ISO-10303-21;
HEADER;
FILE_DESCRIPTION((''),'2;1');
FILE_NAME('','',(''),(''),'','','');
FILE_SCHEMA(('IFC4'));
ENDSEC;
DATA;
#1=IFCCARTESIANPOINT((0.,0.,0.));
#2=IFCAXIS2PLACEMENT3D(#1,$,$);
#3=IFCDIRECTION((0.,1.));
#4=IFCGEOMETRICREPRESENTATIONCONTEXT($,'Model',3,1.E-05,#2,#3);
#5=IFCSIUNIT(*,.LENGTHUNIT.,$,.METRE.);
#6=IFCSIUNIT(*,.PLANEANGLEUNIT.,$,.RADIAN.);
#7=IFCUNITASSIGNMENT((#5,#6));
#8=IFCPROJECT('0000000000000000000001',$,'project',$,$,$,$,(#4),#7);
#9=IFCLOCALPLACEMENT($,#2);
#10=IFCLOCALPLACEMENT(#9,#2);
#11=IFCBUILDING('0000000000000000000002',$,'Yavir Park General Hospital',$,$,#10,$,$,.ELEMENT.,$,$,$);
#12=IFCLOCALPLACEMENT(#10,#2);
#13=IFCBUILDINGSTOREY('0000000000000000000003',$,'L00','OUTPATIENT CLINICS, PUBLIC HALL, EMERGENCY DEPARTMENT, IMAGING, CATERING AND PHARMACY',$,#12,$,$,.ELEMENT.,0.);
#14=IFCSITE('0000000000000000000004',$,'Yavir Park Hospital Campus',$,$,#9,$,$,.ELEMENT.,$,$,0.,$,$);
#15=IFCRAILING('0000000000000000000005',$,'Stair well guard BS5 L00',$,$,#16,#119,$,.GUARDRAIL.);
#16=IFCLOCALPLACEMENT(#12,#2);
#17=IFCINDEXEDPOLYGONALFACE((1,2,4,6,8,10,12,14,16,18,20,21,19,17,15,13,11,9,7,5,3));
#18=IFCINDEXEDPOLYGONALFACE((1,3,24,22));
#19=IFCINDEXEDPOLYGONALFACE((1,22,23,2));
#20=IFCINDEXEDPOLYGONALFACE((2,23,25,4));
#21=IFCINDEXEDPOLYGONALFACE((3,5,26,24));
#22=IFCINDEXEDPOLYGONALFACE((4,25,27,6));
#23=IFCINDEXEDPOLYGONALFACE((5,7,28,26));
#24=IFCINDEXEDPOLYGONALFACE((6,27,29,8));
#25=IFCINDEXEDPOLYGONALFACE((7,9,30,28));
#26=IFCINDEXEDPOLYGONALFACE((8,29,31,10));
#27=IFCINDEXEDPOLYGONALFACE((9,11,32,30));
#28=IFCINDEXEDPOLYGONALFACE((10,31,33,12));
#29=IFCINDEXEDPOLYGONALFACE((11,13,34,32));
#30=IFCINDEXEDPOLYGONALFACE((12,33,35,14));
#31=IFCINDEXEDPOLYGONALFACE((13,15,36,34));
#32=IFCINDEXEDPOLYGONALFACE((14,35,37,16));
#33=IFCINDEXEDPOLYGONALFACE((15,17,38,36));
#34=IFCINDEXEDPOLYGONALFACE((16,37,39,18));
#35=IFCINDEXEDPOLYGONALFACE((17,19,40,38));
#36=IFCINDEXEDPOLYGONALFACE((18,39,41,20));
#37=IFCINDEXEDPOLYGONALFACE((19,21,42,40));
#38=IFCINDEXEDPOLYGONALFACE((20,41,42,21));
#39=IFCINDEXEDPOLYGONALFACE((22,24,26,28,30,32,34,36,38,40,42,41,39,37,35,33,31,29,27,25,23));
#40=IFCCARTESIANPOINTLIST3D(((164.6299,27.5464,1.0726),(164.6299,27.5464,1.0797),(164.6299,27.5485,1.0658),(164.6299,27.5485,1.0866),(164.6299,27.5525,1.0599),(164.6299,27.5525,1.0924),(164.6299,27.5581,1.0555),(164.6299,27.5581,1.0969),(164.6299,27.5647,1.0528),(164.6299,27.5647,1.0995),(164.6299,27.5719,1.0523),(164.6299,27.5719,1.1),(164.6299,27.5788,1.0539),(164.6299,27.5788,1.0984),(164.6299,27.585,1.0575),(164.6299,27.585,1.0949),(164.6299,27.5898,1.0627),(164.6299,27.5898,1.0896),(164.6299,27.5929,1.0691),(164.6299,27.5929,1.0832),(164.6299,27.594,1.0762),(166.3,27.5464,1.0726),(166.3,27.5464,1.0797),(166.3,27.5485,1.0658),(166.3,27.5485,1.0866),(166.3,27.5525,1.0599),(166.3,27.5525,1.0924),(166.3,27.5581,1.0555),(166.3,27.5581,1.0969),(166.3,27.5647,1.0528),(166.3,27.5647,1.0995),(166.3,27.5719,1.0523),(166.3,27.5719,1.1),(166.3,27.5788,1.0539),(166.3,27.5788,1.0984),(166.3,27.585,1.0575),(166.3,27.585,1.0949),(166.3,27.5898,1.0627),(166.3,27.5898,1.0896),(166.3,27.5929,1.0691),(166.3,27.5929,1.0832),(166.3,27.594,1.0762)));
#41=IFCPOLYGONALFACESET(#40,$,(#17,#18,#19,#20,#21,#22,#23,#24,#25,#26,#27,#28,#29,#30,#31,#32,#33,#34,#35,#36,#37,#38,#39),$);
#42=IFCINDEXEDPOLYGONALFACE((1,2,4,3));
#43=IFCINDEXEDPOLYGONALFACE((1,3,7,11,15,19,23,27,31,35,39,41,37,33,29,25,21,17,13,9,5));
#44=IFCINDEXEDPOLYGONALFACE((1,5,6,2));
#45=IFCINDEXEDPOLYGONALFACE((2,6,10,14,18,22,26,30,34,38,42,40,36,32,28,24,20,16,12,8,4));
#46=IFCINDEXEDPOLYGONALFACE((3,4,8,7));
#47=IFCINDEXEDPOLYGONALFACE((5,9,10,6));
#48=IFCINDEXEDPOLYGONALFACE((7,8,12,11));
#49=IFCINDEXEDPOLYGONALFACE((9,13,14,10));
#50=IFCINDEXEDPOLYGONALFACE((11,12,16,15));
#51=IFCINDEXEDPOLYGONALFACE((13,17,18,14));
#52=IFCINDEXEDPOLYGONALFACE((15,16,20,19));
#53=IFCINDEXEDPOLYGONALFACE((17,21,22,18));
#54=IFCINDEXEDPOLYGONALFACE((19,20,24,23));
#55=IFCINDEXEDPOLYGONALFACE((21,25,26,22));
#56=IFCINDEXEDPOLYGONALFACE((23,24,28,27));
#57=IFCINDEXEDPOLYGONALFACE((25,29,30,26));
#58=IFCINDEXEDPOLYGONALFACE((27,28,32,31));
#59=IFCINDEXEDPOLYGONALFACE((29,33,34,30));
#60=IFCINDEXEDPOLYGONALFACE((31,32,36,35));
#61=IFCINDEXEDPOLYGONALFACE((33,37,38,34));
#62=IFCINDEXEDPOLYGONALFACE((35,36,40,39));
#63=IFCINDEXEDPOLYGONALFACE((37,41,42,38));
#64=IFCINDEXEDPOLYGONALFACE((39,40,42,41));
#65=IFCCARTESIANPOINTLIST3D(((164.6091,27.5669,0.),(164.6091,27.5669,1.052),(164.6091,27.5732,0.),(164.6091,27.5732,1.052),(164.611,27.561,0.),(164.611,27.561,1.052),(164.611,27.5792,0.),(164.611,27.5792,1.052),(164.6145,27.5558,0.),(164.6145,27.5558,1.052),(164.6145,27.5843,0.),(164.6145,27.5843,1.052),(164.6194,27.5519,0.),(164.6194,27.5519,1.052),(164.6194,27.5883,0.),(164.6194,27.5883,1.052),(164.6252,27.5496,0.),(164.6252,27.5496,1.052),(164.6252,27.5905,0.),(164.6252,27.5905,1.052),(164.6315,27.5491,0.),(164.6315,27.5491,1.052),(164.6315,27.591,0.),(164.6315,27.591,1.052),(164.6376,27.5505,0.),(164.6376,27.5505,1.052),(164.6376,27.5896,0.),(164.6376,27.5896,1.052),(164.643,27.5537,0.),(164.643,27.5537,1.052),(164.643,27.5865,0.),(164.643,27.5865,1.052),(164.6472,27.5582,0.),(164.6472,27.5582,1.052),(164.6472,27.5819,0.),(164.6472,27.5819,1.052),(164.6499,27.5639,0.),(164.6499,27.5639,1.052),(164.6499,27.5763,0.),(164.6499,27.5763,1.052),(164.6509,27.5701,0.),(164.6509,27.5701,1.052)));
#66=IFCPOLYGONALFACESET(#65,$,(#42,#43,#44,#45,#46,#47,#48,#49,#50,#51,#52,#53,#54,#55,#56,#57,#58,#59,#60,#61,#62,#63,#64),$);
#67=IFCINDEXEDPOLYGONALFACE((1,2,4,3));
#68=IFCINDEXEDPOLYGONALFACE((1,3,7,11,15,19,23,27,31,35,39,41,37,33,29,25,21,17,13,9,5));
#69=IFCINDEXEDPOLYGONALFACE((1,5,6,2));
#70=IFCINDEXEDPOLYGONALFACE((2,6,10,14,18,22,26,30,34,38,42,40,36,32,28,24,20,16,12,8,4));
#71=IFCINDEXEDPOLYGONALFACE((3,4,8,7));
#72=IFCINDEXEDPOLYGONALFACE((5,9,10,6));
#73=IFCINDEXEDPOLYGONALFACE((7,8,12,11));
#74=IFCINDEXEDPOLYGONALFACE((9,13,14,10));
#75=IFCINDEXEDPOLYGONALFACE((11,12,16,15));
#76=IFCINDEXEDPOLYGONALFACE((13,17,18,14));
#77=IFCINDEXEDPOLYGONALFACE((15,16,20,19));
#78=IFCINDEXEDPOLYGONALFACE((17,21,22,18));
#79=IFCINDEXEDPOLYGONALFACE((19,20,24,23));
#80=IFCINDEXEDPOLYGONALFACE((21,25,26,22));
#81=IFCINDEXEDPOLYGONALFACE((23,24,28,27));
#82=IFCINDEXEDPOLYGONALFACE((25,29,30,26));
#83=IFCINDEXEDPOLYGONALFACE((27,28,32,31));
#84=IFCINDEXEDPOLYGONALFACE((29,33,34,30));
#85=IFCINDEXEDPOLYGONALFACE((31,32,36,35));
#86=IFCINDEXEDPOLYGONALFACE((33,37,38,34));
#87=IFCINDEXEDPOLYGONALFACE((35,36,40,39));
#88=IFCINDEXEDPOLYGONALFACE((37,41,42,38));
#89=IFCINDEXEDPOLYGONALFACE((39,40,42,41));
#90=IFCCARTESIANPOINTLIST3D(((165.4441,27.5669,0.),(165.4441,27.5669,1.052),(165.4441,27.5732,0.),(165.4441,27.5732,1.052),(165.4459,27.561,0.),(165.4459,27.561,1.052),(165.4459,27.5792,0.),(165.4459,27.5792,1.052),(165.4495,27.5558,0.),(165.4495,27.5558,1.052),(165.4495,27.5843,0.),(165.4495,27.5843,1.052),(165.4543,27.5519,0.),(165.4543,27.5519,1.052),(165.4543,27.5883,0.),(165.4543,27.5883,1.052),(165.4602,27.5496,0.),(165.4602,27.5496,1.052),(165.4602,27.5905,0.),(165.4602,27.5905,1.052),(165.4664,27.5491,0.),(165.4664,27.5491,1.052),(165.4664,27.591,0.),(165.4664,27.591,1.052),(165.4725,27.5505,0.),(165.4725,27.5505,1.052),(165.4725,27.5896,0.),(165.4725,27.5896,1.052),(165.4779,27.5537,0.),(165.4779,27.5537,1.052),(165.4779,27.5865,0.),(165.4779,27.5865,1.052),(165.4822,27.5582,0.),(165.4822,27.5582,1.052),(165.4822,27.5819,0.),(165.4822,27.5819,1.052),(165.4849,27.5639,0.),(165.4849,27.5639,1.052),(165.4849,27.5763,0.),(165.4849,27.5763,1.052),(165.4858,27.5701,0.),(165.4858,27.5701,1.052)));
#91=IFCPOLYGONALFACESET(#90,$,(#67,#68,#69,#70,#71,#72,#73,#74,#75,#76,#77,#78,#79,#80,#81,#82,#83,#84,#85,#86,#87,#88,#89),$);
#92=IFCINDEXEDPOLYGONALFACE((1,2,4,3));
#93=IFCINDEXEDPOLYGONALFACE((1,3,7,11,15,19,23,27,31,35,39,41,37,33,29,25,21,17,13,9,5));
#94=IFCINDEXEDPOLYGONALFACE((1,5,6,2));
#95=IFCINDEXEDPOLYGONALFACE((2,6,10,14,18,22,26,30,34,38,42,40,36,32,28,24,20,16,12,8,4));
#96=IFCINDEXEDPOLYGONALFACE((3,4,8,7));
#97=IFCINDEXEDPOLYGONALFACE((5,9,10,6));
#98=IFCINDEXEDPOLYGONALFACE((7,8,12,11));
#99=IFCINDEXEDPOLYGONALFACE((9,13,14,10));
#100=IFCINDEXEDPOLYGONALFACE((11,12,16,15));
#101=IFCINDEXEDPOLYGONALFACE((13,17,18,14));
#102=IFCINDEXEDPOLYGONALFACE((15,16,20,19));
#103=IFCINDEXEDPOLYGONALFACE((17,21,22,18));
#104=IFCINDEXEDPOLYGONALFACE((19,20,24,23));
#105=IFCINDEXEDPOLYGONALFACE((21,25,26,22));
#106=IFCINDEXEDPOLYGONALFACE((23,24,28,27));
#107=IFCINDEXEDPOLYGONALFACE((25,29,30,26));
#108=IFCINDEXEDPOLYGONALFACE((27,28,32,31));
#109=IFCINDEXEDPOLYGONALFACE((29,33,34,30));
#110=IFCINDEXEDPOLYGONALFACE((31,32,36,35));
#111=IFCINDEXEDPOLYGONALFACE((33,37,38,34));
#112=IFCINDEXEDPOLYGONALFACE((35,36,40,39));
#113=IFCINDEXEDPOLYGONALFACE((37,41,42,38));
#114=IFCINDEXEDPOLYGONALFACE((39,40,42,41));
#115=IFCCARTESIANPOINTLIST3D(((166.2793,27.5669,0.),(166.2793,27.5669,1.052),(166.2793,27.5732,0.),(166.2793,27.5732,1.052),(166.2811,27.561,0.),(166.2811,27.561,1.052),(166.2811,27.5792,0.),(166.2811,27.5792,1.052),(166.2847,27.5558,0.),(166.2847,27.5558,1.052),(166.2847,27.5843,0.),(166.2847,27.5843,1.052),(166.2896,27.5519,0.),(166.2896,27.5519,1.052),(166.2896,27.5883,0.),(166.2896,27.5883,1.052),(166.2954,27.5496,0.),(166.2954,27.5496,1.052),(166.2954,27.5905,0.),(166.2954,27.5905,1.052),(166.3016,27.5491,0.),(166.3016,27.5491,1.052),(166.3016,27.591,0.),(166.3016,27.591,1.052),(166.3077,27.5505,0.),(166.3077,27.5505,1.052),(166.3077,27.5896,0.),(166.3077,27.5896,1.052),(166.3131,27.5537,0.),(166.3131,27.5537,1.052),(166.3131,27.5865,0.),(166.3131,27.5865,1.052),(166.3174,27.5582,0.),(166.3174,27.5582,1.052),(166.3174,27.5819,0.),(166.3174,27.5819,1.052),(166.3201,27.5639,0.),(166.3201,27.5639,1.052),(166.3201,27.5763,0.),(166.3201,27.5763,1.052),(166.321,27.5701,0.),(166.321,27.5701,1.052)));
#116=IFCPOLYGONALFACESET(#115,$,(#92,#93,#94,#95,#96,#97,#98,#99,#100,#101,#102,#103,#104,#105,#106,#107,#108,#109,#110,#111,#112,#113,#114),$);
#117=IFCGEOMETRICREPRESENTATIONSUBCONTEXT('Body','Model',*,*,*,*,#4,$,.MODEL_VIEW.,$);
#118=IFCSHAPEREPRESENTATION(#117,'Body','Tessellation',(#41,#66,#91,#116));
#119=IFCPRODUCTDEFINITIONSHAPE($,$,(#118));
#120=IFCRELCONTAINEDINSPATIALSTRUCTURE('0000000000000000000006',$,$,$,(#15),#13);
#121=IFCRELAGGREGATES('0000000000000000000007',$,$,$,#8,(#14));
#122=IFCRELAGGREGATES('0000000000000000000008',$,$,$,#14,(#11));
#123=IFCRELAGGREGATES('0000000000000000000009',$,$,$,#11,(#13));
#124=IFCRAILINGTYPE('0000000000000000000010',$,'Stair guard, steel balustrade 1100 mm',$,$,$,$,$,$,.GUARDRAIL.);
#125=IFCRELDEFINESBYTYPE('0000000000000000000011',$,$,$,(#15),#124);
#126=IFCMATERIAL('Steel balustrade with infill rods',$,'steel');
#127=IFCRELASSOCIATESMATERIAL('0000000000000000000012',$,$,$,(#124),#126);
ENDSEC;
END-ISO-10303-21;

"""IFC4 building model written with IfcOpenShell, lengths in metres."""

from ifc_helpers import new_model, si_unit, direction, frame, origin, origin_2d, place, context, subcontext, project, spatial, circle, extrude, material, type_object, element, save


model = new_model("IFC4")

# Units and contexts
model_context = context("Model", 3, precision=1e-05, world=origin(), true_north=direction((0.0, 1.0)))
body_context = subcontext(model_context, "Body", "Model", "MODEL_VIEW")
ifc_project = project(units=[si_unit("LENGTHUNIT", "METRE"), si_unit("PLANEANGLEUNIT", "RADIAN")], contexts=[model_context])

# Site, building, storey
site_placement = place(None, origin())
site = spatial("IfcSite", under=ifc_project, at=site_placement, Name="Yavir Park Hospital Campus", CompositionType="ELEMENT", RefElevation=0.0)
building_placement = place(site_placement, origin())
building = spatial("IfcBuilding", under=site, at=building_placement, Name="Yavir Park General Hospital", CompositionType="ELEMENT")
storey_placement = place(building_placement, origin())
storey = spatial("IfcBuildingStorey", under=building, at=storey_placement, Name="L00", Description="OUTPATIENT CLINICS, PUBLIC HALL, EMERGENCY DEPARTMENT, IMAGING, CATERING AND PHARMACY", CompositionType="ELEMENT", Elevation=0.0)

# Railing
ifc_material_1 = material(Name="Steel balustrade with infill rods", Category="steel")
railing_type_1 = type_object("IfcRailingType", Name="Stair guard, steel balustrade 1100 mm", PredefinedType="GUARDRAIL", material=ifc_material_1)
railing_placement = place(storey_placement, frame((164.6299, 27.5701, 0.0)))
element("IfcRailing", 1, at=railing_placement, inside=storey, type_object=railing_type_1, Name="Stair well guard BS5 L00", PredefinedType="GUARDRAIL", context=body_context, shape_type="SweptSolid", body=[
    extrude(circle(Radius=0.0239, at=origin_2d()), frame((0.0, 0.0, 1.0762), z_axis=(1.0, 0.0, 0.0), x_axis=(0.0, 1.0, 0.0)), (0.0, 0.0, 1.0), 1.6702),
    extrude(circle(Radius=0.021, at=origin_2d()), origin(), (0.0, 0.0, 1.0), 1.052),
    extrude(circle(Radius=0.021, at=origin_2d()), frame((0.835, 0.0, 0.0)), (0.0, 0.0, 1.0), 1.052),
    extrude(circle(Radius=0.021, at=origin_2d()), frame((1.6702, 0.0, 0.0)), (0.0, 0.0, 1.0), 1.052),
])

save(model, "model.ifc")
